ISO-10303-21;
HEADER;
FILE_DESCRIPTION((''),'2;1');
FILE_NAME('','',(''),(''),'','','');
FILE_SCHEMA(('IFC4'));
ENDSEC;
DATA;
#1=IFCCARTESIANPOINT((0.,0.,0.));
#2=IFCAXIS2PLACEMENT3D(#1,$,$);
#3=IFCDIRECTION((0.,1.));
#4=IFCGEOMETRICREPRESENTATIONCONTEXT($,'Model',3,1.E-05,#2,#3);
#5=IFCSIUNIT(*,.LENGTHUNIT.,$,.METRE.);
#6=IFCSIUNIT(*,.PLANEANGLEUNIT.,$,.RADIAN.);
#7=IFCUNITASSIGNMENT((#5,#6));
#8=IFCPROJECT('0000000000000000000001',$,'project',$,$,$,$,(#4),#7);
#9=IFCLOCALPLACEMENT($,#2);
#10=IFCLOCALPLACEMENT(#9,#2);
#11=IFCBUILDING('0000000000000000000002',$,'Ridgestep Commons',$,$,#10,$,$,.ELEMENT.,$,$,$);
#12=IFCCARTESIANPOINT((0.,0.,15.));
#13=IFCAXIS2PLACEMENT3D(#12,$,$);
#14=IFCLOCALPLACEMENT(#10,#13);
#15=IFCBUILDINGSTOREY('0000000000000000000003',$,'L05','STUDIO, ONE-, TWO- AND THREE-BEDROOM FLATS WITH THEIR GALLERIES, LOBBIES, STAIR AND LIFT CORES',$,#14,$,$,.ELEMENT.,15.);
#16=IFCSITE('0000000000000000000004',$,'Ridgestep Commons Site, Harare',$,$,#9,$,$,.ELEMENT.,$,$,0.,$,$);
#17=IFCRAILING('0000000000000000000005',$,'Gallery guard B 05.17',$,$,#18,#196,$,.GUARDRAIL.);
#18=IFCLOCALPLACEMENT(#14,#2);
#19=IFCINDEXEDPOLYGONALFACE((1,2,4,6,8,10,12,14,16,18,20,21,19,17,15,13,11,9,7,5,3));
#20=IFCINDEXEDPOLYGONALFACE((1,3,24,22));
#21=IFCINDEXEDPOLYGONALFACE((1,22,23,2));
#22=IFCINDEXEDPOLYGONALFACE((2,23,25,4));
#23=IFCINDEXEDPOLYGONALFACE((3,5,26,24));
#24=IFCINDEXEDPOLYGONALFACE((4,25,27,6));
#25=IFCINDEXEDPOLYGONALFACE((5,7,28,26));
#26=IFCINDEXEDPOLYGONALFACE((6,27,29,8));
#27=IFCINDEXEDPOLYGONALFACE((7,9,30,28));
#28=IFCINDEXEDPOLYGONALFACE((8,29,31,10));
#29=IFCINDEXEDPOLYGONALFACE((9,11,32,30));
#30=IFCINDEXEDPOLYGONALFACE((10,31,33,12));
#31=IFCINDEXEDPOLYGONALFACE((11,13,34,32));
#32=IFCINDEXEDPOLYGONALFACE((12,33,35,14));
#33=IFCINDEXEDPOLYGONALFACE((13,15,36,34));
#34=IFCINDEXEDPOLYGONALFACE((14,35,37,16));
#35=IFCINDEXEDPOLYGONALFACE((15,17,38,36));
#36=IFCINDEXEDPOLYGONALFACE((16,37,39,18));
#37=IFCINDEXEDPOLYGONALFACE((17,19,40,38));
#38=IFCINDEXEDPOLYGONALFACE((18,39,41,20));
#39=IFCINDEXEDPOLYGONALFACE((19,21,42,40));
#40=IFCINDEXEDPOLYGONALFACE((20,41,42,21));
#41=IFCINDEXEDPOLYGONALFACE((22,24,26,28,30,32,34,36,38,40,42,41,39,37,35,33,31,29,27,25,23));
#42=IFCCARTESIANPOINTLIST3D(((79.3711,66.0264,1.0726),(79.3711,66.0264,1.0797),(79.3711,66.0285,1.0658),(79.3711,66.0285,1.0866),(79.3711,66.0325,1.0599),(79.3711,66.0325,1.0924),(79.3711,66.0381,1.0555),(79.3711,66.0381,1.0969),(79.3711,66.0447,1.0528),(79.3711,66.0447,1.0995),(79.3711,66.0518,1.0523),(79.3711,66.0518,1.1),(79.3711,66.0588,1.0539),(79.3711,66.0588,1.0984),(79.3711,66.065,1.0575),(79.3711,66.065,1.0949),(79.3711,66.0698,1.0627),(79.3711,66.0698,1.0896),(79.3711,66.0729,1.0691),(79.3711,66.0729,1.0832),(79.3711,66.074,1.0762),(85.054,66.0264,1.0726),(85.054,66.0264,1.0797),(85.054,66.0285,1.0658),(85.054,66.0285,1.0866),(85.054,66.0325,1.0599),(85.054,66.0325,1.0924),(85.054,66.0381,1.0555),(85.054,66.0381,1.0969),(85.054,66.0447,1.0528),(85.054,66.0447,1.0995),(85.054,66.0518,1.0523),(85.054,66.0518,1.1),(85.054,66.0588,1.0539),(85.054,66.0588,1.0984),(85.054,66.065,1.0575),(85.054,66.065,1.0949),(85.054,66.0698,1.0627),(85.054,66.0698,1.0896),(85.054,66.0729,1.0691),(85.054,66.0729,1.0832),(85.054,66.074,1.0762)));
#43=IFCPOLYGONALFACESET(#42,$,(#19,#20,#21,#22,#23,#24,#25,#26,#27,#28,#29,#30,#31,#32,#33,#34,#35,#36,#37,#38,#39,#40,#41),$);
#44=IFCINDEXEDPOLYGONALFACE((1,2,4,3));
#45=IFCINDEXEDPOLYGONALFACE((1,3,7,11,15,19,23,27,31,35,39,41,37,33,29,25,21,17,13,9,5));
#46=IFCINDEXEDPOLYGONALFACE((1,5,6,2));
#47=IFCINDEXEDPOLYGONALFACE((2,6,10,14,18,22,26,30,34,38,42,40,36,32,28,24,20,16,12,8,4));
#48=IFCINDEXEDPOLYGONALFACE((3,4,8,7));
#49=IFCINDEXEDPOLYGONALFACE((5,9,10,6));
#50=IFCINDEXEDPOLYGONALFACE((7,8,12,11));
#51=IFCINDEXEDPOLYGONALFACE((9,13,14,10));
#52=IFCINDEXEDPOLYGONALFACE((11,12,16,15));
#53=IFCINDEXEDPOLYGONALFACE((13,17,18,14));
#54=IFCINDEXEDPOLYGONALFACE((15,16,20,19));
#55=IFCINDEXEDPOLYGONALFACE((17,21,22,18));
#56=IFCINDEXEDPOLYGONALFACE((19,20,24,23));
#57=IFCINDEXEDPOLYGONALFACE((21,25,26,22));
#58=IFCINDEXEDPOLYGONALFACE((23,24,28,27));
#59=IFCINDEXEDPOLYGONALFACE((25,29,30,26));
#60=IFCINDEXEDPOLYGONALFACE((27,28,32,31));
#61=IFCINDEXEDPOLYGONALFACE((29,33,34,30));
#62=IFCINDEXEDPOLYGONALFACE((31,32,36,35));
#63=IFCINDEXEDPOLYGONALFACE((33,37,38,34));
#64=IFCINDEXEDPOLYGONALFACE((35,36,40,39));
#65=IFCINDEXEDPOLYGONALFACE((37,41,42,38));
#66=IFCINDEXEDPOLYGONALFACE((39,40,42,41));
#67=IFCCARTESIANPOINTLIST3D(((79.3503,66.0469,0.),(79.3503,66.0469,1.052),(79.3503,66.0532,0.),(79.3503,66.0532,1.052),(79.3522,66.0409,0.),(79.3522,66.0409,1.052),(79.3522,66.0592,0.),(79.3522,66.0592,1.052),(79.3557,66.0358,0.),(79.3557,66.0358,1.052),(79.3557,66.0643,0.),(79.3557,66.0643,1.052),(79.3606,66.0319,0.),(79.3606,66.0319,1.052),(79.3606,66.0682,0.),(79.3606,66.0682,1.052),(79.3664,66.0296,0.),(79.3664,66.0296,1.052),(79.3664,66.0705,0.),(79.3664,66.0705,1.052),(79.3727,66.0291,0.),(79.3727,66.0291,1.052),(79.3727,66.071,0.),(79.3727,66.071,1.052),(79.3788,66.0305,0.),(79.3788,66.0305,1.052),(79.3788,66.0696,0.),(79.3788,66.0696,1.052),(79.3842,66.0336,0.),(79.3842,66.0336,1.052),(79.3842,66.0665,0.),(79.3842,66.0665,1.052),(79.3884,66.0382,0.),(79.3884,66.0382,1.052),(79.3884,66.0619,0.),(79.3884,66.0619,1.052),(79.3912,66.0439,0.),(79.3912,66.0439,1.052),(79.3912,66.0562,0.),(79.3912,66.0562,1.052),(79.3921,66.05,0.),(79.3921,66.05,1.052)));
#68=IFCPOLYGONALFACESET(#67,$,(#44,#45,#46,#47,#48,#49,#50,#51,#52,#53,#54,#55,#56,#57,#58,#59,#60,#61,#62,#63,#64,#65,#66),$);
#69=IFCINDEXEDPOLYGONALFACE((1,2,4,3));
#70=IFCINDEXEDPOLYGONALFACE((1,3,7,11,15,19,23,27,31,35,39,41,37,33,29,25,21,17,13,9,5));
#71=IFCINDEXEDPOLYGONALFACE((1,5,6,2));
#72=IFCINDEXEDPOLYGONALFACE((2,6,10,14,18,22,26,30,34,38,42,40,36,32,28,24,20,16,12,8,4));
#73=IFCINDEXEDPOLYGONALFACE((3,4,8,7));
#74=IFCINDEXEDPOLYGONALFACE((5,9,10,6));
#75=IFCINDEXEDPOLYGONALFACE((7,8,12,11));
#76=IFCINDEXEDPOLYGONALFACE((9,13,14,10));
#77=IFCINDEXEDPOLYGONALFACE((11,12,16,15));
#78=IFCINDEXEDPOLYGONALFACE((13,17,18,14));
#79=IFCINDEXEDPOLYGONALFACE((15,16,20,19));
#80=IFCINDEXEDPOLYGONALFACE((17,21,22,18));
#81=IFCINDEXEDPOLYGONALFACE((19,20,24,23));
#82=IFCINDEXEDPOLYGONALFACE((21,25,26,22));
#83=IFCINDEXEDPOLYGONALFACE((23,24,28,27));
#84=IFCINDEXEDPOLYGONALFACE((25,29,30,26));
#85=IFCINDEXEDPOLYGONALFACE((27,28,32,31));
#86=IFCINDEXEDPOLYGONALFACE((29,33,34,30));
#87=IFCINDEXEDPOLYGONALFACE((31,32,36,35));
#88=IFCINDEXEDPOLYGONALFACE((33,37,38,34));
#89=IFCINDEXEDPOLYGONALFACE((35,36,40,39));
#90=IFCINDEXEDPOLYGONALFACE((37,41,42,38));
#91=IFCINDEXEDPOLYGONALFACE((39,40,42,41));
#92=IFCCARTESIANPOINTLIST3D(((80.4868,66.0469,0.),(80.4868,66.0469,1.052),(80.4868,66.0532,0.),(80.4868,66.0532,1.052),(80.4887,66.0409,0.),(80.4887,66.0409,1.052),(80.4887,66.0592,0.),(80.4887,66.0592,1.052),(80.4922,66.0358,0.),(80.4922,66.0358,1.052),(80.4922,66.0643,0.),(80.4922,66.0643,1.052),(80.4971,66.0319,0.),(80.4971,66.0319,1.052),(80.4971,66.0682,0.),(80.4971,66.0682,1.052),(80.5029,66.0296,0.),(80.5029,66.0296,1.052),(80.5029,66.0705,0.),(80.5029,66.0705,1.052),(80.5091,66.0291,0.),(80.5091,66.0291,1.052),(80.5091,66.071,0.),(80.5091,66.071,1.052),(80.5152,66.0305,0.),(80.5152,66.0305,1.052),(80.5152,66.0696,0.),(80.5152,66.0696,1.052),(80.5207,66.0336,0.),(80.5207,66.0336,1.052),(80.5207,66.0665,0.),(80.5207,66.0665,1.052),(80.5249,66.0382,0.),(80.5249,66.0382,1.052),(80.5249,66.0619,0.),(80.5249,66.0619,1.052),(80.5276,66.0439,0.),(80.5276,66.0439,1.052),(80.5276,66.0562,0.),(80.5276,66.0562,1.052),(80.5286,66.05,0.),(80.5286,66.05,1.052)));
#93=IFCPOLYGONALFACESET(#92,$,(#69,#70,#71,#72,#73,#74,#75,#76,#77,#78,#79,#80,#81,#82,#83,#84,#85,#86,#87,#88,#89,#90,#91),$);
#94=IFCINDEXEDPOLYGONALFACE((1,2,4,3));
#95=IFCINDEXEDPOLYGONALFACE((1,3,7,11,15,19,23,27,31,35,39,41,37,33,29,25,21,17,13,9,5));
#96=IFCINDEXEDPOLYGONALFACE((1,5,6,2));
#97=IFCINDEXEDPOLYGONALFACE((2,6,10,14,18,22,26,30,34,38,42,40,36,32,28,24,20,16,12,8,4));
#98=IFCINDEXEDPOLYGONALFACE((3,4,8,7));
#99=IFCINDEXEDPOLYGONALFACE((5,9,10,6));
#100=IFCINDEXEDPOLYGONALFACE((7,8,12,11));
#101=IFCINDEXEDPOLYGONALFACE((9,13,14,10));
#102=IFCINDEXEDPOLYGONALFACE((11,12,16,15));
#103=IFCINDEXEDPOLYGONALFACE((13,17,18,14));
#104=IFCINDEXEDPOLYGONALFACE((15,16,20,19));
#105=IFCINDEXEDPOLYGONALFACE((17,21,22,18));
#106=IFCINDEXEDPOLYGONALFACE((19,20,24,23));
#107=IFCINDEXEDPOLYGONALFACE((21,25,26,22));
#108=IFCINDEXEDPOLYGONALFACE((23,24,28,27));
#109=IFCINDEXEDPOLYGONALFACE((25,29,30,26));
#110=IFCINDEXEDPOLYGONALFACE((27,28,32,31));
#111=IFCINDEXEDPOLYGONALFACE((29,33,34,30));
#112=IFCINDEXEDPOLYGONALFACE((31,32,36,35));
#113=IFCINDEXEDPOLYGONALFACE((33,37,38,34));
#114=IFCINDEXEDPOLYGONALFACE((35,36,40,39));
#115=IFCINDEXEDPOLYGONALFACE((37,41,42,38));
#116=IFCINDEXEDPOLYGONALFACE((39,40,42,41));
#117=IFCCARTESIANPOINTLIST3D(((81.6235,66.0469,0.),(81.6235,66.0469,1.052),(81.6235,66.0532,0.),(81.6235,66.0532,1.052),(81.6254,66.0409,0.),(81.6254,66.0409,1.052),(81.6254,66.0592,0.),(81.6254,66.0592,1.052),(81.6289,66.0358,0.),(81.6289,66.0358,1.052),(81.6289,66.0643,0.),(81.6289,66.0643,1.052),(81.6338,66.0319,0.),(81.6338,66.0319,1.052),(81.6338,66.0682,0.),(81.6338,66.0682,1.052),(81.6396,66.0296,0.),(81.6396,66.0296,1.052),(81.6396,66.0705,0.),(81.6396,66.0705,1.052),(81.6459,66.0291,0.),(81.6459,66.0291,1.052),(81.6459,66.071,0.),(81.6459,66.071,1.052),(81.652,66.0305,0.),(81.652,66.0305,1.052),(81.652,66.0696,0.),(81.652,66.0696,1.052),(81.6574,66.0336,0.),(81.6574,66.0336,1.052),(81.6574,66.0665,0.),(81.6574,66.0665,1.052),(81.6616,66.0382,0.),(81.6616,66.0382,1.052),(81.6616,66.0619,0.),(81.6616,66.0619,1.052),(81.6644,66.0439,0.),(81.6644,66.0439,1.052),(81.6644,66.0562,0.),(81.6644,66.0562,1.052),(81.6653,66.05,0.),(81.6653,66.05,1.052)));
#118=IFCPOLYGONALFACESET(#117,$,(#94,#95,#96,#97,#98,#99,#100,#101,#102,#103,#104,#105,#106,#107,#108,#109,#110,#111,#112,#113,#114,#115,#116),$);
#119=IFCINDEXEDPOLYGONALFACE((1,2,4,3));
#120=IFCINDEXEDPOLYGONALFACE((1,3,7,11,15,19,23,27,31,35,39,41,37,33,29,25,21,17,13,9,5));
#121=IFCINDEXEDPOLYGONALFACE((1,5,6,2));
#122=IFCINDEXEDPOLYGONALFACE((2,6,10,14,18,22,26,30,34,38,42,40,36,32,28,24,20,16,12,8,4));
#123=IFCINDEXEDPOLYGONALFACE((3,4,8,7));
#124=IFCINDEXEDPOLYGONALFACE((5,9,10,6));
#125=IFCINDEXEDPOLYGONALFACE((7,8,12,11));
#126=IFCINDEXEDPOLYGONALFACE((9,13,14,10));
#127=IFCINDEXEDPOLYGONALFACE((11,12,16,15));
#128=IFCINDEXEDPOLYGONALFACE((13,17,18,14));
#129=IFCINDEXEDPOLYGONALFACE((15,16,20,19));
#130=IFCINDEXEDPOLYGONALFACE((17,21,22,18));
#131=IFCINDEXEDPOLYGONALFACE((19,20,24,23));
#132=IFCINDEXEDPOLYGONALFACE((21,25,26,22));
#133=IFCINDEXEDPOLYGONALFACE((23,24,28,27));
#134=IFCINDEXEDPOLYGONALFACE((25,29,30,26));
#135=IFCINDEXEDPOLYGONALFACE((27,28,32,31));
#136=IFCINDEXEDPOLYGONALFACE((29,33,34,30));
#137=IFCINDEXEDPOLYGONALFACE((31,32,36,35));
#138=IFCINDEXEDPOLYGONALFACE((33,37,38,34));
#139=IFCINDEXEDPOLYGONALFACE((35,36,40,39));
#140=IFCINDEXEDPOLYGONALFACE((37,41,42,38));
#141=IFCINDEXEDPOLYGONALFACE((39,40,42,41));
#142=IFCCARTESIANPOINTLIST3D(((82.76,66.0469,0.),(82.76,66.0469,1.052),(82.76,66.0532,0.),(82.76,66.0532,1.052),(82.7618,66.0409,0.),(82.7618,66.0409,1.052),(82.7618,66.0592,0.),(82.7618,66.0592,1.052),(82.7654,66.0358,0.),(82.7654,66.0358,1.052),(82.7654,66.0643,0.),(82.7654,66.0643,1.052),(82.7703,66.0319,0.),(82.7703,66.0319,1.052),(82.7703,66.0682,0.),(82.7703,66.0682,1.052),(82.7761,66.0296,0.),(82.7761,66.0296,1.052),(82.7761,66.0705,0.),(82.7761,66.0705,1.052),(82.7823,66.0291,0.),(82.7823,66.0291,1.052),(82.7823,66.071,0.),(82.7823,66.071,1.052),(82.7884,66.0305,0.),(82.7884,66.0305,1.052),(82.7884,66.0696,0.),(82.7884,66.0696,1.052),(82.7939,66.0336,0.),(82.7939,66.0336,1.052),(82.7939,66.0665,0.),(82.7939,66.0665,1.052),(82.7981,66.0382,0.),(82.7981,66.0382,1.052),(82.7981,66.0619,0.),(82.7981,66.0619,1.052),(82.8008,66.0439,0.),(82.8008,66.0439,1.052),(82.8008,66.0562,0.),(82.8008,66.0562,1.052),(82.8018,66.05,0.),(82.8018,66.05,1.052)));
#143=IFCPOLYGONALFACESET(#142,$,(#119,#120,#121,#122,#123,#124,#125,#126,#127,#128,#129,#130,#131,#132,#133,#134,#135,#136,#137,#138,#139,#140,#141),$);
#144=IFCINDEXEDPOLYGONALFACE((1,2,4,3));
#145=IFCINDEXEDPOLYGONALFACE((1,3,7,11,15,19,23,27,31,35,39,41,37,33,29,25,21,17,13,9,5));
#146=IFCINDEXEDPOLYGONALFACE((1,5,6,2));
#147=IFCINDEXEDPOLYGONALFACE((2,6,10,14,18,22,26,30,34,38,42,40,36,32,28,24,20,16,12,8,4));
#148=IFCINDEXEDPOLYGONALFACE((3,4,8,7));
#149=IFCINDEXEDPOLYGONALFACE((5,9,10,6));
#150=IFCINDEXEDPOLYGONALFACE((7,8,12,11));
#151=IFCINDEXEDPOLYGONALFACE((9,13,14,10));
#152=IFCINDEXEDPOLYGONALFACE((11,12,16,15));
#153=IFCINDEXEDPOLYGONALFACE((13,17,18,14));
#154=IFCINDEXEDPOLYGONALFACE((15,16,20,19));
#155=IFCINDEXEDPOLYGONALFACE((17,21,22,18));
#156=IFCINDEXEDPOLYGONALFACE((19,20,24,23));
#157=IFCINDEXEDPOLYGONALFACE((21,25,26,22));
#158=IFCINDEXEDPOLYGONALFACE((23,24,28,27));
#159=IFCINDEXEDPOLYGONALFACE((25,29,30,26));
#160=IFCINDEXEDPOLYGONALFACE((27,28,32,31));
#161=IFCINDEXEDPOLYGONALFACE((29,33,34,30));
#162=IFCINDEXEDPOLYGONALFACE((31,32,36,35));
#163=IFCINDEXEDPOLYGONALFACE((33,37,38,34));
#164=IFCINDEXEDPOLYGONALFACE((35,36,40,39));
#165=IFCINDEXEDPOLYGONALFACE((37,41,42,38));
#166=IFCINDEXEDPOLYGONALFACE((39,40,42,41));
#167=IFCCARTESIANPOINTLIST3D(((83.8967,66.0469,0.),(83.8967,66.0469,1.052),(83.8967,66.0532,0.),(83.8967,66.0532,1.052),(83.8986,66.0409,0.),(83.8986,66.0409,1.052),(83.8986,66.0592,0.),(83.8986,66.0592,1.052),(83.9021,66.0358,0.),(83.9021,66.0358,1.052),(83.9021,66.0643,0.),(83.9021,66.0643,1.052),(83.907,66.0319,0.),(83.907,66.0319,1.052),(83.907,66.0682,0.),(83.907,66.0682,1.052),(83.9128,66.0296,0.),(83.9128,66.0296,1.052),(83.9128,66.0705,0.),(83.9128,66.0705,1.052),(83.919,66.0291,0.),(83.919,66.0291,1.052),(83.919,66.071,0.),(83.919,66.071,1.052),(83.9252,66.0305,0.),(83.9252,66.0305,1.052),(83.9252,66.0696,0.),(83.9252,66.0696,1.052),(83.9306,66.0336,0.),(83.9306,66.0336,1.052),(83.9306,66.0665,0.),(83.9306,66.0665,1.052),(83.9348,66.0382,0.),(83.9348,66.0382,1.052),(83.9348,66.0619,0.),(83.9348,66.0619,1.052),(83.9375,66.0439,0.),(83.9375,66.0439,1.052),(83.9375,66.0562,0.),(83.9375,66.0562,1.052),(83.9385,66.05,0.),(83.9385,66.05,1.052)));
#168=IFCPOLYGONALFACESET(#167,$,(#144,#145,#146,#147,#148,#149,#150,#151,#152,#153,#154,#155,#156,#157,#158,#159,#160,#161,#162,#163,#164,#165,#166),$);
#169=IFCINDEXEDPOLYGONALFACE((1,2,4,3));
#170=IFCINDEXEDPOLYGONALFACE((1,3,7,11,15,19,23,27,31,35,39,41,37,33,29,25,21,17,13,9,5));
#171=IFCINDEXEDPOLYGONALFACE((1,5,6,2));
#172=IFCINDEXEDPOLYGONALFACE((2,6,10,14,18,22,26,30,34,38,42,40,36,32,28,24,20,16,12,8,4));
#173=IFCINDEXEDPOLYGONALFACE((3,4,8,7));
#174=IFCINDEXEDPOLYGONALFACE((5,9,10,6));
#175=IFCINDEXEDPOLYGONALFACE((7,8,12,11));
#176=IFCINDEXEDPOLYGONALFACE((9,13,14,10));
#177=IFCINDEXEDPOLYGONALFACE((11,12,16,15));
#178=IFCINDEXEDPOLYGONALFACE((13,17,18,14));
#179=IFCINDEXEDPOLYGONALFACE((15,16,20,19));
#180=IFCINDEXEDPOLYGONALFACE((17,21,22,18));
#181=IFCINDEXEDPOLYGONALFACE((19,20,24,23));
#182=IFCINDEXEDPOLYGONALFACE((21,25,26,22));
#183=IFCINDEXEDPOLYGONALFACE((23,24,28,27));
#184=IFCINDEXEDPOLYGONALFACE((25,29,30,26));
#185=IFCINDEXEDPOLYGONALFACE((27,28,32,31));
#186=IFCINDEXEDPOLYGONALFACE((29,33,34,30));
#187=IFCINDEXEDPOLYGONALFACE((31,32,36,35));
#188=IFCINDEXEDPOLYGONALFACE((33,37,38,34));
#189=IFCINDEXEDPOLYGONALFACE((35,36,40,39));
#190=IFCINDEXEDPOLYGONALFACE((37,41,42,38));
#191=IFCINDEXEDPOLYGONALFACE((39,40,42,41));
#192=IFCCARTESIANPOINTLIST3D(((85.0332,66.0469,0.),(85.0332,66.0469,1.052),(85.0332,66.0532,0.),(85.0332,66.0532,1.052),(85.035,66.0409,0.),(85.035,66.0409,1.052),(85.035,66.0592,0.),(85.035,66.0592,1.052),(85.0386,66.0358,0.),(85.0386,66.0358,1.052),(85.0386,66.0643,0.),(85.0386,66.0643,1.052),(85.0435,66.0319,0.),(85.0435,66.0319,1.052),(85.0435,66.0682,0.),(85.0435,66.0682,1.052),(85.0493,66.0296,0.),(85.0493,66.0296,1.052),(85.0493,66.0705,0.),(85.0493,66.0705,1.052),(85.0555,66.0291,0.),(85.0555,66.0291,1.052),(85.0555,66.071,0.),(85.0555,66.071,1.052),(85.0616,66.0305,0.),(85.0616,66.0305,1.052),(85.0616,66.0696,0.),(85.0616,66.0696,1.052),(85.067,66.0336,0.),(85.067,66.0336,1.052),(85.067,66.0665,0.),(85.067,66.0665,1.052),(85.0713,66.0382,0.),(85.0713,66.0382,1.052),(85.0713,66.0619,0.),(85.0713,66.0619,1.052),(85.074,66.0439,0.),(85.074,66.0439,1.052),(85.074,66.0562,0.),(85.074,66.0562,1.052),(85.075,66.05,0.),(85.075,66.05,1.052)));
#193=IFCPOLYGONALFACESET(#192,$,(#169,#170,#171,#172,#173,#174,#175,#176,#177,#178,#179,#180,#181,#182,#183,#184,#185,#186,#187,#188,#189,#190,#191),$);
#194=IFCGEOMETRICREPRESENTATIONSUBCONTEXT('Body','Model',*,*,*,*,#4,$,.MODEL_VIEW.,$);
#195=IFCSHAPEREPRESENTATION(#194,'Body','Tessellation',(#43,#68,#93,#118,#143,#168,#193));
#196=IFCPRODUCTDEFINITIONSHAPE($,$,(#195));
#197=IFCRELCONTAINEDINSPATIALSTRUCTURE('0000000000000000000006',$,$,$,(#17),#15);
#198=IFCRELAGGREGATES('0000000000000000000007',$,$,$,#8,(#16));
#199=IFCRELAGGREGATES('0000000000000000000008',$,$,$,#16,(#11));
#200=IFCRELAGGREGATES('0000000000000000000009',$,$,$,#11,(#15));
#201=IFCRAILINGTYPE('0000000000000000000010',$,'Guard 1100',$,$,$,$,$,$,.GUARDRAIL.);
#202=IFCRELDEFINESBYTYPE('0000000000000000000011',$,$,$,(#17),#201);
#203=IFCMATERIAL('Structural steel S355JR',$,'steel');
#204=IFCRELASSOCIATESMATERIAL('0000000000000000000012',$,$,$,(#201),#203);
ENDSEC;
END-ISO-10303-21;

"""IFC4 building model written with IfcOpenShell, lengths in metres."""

from ifc_helpers import new_model, si_unit, direction, frame, origin, origin_2d, place, context, subcontext, project, spatial, circle, extrude, material, type_object, element, save


model = new_model("IFC4")

# Units and contexts
model_context = context("Model", 3, precision=1e-05, world=origin(), true_north=direction((0.0, 1.0)))
body_context = subcontext(model_context, "Body", "Model", "MODEL_VIEW")
ifc_project = project(units=[si_unit("LENGTHUNIT", "METRE"), si_unit("PLANEANGLEUNIT", "RADIAN")], contexts=[model_context])

# Site, building, storey
site_placement = place(None, origin())
site = spatial("IfcSite", under=ifc_project, at=site_placement, Name="Ridgestep Commons Site, Harare", CompositionType="ELEMENT", RefElevation=0.0)
building_placement = place(site_placement, origin())
building = spatial("IfcBuilding", under=site, at=building_placement, Name="Ridgestep Commons", CompositionType="ELEMENT")
storey_placement = place(building_placement, frame((0.0, 0.0, 15.0)))
storey = spatial("IfcBuildingStorey", under=building, at=storey_placement, Name="L05", Description="STUDIO, ONE-, TWO- AND THREE-BEDROOM FLATS WITH THEIR GALLERIES, LOBBIES, STAIR AND LIFT CORES", CompositionType="ELEMENT", Elevation=15.0)

# Railing
ifc_material_1 = material(Name="Structural steel S355JR", Category="steel")
railing_type_1 = type_object("IfcRailingType", Name="Guard 1100", PredefinedType="GUARDRAIL", material=ifc_material_1)
railing_1_placement = place(storey_placement, frame((79.3711, 66.05, 0.0)))
element("IfcRailing", 1, at=railing_1_placement, inside=storey, type_object=railing_type_1, Name="Gallery guard B 05.17", PredefinedType="GUARDRAIL", context=body_context, shape_type="SweptSolid", body=[
    extrude(circle(Radius=0.0239, at=origin_2d()), frame((0.0, 0.0, 1.0762), z_axis=(1.0, 0.0, 0.0), x_axis=(0.0, 1.0, 0.0)), (0.0, 0.0, 1.0), 5.6829),
    extrude(circle(Radius=0.021, at=origin_2d()), origin(), (0.0, 0.0, 1.0), 1.052),
    extrude(circle(Radius=0.021, at=origin_2d()), frame((1.1365, 0.0, 0.0)), (0.0, 0.0, 1.0), 1.052),
    extrude(circle(Radius=0.021, at=origin_2d()), frame((2.2732, 0.0, 0.0)), (0.0, 0.0, 1.0), 1.052),
    extrude(circle(Radius=0.021, at=origin_2d()), frame((3.4097, 0.0, 0.0)), (0.0, 0.0, 1.0), 1.052),
    extrude(circle(Radius=0.021, at=origin_2d()), frame((4.5464, 0.0, 0.0)), (0.0, 0.0, 1.0), 1.052),
    extrude(circle(Radius=0.021, at=origin_2d()), frame((5.6829, 0.0, 0.0)), (0.0, 0.0, 1.0), 1.052),
])

save(model, "model.ifc")
